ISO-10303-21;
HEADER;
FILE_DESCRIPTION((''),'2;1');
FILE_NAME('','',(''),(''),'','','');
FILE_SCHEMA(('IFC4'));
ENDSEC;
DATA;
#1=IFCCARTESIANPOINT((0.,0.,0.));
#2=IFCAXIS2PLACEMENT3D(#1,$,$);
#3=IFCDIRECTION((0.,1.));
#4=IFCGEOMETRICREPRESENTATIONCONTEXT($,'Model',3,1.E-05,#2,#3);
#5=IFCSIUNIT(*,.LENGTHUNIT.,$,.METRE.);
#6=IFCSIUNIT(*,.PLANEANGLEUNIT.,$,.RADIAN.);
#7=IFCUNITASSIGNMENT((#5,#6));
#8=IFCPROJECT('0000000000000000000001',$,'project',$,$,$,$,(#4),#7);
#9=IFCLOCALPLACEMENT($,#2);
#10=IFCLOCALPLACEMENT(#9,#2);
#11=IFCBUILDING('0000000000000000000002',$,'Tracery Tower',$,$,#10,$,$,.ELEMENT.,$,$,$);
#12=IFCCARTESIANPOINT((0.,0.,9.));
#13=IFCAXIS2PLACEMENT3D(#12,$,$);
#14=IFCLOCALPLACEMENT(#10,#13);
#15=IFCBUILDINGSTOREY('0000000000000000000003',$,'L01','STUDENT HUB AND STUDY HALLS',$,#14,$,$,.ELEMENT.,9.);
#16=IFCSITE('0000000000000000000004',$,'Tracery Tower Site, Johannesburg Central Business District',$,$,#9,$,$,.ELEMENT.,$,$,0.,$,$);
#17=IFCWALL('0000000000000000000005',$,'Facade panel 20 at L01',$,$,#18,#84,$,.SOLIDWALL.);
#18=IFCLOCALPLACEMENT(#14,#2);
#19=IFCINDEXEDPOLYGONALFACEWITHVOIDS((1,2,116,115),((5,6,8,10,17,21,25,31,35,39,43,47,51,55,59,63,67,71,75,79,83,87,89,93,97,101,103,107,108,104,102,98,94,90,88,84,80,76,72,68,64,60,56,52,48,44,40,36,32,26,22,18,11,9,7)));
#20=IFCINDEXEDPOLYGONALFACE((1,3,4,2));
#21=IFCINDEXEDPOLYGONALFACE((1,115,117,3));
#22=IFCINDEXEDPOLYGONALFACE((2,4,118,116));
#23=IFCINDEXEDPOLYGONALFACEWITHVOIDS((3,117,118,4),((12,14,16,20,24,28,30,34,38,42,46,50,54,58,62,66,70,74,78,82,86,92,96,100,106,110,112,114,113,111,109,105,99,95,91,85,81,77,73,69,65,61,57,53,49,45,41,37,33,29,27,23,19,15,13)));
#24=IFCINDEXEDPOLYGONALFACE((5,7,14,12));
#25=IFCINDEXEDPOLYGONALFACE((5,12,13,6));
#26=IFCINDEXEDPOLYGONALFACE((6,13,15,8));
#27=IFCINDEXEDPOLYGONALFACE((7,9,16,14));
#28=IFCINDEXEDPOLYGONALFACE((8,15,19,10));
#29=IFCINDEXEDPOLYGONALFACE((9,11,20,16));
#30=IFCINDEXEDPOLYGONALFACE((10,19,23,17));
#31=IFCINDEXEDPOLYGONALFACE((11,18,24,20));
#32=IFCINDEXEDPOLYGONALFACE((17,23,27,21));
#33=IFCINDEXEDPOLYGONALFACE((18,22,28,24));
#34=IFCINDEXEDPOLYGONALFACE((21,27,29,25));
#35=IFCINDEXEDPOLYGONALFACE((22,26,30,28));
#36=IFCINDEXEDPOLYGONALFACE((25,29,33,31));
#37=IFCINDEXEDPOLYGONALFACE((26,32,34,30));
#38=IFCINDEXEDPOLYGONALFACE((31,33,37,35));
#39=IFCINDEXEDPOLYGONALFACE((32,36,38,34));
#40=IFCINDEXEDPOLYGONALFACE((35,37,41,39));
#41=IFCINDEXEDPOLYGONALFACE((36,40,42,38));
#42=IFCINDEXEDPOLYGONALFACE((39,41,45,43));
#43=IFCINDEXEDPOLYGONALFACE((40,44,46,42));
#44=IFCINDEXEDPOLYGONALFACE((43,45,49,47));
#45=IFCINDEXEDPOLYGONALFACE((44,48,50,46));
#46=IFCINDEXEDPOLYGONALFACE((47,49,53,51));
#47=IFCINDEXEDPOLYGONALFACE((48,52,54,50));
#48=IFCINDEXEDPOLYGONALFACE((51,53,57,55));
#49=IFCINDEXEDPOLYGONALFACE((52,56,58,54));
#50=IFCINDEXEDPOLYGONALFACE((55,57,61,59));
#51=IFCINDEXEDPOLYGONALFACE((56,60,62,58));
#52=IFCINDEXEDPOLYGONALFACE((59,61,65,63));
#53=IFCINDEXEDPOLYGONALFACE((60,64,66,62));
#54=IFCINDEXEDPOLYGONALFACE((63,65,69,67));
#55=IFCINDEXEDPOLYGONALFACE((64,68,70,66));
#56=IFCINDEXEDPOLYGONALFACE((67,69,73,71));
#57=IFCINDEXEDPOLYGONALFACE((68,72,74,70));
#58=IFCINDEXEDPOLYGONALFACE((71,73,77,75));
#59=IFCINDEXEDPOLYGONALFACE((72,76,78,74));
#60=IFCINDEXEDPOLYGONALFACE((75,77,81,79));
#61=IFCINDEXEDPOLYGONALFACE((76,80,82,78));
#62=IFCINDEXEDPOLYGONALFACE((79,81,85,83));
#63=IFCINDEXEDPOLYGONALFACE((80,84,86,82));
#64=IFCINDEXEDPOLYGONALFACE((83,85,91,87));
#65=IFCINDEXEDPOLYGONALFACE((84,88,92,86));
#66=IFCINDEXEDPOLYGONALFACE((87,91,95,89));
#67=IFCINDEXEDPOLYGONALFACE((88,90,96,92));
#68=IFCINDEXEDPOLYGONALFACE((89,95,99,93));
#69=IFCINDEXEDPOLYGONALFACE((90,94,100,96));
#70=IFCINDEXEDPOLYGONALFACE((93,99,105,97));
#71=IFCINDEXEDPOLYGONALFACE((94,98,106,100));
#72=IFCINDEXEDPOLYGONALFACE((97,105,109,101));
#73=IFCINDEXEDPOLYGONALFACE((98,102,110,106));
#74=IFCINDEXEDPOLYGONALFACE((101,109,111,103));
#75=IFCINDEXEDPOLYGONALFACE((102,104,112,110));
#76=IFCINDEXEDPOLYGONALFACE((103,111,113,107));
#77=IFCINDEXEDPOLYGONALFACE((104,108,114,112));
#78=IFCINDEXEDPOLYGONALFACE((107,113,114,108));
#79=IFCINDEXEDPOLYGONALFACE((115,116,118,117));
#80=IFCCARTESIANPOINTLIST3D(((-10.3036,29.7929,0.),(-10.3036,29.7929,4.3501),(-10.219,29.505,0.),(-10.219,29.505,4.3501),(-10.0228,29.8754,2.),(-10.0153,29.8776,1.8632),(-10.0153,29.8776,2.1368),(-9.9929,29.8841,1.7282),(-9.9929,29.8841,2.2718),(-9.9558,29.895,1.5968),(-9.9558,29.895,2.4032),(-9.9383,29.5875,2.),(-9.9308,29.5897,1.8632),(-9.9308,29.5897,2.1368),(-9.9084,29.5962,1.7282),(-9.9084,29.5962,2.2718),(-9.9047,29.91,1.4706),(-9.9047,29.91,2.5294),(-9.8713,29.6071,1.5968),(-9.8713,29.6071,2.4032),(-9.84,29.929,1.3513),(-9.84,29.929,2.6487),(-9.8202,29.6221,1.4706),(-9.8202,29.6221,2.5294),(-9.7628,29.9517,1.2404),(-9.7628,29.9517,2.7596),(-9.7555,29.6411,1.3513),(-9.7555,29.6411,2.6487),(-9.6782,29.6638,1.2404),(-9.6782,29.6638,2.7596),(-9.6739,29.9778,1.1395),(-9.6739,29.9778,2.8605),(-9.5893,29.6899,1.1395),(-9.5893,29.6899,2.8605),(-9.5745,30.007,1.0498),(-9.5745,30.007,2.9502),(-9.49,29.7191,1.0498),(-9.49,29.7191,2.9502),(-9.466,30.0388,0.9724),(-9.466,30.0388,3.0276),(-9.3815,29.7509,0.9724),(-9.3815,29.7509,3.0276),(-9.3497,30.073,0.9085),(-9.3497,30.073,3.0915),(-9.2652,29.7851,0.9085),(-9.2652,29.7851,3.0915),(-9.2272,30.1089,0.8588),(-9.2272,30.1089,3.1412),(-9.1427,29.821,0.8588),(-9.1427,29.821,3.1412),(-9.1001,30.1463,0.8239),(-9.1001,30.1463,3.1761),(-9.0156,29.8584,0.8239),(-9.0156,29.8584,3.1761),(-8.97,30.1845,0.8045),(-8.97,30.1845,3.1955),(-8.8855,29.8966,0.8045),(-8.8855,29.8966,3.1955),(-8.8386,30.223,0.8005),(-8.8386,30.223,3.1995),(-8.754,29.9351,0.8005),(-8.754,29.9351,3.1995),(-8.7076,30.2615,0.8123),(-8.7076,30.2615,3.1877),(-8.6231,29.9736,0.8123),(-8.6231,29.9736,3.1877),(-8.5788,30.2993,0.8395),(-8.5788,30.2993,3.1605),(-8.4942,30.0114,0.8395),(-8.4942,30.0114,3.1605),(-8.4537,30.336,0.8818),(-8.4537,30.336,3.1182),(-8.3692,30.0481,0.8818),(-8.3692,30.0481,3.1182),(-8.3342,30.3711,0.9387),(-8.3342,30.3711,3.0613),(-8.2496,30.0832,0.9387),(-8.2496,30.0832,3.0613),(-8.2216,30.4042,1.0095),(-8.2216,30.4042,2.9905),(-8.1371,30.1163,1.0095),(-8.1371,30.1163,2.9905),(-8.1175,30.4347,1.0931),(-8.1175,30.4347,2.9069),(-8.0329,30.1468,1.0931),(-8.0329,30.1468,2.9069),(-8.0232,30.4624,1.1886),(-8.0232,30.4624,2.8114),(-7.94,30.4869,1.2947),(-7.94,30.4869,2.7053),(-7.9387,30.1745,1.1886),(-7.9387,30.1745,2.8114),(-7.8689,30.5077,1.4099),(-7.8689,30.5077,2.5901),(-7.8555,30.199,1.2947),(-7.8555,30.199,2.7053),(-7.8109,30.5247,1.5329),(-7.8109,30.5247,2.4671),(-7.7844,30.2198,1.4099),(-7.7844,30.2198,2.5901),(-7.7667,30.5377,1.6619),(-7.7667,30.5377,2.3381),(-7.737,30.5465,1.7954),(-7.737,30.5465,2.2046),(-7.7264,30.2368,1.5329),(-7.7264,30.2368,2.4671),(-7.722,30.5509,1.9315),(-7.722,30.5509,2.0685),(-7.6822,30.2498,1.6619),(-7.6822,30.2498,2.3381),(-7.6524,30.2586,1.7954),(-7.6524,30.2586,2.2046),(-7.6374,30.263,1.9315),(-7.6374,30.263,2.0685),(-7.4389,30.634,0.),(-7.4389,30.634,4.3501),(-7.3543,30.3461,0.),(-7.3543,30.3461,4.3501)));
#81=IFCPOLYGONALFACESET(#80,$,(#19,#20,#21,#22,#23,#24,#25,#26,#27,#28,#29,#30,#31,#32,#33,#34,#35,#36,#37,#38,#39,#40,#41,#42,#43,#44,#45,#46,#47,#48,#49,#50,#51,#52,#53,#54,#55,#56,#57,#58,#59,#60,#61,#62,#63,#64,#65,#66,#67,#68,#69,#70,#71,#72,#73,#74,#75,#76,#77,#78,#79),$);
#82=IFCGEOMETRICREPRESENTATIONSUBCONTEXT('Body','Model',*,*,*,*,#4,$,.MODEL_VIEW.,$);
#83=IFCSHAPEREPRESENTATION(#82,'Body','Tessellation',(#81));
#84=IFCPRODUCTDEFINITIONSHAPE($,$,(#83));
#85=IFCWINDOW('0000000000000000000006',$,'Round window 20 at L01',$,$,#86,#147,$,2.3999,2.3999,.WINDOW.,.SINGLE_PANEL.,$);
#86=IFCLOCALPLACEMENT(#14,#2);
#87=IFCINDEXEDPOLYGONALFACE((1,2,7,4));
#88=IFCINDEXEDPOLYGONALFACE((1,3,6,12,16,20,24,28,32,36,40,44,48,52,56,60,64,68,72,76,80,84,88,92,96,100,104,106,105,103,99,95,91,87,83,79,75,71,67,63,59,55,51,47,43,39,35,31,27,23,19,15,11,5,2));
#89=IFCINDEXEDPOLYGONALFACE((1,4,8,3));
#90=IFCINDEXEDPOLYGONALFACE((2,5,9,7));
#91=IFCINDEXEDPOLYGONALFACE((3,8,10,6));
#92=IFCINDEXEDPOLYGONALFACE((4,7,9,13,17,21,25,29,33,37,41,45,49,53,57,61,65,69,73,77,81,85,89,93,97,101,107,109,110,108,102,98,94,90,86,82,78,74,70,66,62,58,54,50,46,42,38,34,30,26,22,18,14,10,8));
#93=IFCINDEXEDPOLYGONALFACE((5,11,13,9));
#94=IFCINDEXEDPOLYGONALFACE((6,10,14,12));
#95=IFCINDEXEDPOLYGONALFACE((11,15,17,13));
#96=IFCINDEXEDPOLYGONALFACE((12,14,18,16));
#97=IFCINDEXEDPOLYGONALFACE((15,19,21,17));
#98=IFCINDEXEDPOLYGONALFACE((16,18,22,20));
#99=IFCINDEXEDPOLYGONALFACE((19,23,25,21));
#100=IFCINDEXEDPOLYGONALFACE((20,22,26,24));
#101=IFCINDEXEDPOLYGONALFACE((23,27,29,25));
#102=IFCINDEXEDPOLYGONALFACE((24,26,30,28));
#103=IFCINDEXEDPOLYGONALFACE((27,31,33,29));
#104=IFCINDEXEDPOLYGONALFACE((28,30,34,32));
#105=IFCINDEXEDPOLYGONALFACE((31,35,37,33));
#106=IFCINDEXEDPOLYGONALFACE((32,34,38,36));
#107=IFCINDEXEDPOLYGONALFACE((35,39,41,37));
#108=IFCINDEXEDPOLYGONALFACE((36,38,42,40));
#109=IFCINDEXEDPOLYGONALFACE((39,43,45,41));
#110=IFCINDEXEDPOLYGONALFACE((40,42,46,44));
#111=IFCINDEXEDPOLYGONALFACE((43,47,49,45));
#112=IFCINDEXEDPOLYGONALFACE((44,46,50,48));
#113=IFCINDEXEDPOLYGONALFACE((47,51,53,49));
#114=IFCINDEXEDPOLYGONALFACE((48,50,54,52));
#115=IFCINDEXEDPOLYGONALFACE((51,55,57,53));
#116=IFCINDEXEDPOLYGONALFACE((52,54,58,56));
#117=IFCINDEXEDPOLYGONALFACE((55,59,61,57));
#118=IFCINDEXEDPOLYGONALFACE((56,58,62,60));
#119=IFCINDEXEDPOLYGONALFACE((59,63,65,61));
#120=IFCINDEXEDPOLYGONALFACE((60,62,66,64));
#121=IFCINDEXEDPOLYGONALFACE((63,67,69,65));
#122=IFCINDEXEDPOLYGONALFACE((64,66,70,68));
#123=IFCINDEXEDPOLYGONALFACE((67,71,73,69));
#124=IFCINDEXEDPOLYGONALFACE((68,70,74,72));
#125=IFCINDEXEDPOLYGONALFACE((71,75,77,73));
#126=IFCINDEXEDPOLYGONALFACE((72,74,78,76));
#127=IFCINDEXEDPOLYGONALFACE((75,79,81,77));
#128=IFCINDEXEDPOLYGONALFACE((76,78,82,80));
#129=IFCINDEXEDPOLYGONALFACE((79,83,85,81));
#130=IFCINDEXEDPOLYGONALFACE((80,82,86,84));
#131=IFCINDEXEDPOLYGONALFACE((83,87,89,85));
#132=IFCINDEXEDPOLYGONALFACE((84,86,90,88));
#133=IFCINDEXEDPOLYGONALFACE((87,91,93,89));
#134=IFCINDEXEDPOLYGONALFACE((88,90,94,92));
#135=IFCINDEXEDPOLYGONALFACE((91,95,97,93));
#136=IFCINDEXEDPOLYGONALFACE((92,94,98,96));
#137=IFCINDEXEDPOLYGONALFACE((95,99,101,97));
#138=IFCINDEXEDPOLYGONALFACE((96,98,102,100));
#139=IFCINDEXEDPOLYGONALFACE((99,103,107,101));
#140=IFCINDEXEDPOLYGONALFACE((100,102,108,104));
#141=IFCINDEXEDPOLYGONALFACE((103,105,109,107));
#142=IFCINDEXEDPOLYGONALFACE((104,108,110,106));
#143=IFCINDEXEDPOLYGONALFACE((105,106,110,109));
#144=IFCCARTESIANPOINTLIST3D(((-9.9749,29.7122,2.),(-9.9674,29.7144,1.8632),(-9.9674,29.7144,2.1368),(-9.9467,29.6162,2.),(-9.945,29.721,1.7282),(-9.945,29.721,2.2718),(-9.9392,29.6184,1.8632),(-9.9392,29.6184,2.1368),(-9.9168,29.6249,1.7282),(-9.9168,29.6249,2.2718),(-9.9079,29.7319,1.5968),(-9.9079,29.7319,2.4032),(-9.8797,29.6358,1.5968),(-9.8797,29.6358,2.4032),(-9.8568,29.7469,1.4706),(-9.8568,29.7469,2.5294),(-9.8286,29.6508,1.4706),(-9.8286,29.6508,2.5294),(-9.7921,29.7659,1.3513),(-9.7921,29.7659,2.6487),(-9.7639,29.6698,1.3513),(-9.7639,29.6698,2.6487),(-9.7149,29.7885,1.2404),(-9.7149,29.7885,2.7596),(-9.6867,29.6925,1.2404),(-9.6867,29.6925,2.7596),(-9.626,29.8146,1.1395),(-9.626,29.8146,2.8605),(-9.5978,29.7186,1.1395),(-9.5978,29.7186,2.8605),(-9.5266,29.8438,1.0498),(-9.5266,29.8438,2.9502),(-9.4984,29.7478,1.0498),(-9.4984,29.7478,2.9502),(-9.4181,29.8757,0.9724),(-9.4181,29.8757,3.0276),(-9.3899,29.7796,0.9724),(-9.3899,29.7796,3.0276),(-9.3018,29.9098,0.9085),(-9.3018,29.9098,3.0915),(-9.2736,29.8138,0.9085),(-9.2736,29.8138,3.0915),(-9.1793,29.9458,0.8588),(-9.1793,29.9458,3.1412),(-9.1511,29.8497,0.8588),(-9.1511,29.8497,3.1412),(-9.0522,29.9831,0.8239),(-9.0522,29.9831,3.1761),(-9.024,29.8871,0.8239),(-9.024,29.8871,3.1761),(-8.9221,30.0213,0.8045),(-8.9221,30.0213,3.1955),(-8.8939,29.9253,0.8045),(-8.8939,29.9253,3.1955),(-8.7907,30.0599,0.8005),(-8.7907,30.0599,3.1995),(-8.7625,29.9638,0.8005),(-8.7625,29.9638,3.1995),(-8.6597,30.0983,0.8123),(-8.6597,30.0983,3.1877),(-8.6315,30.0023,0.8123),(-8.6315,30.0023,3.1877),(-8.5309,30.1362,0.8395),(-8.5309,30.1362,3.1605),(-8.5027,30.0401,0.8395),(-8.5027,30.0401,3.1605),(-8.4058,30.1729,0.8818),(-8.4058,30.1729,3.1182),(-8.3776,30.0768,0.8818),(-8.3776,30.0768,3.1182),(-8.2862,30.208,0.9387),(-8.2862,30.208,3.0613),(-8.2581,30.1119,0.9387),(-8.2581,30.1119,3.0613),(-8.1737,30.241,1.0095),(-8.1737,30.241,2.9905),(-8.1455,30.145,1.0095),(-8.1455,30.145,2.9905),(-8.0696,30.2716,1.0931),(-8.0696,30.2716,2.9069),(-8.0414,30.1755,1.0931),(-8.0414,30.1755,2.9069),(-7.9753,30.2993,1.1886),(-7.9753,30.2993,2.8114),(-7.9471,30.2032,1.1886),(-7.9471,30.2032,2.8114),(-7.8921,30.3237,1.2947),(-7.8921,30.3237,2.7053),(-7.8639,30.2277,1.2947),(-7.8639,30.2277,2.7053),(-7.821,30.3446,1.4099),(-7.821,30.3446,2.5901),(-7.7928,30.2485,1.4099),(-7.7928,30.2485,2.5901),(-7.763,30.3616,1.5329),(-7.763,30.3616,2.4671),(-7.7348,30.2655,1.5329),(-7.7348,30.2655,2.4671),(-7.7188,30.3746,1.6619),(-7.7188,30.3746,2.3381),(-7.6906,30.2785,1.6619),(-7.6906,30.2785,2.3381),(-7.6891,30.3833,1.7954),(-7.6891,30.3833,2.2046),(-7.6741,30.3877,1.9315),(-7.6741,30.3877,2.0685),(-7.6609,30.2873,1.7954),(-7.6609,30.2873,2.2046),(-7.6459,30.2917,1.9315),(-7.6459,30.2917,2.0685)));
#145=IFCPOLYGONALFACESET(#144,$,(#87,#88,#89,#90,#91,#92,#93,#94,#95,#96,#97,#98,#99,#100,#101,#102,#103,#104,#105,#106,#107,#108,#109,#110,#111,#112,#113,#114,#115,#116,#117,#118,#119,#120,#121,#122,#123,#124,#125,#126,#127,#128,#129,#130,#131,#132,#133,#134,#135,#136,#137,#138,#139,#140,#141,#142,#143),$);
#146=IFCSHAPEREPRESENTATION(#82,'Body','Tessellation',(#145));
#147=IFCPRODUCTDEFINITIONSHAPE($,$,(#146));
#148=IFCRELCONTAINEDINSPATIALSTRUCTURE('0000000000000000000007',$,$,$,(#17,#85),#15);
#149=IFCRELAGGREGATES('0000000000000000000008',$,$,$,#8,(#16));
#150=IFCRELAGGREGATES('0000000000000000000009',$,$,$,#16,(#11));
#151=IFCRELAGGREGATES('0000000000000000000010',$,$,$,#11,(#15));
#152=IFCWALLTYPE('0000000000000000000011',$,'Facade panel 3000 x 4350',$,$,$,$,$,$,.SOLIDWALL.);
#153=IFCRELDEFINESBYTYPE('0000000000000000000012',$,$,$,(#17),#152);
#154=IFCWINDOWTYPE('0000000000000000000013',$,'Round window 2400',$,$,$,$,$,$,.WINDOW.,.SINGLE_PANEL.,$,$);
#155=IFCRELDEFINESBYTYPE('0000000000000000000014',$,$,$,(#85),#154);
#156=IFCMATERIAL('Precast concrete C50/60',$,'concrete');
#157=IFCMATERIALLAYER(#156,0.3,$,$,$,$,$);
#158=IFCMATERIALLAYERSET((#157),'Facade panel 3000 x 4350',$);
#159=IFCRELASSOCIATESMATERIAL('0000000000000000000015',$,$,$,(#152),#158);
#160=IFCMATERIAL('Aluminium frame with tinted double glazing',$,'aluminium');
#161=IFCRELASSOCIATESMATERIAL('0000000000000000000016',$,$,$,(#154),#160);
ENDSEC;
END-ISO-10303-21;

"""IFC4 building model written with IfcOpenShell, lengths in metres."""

from ifc_helpers import new_model, si_unit, direction, frame, frame_2d, origin, origin_2d, place, context, subcontext, project, spatial, rectangle, circle, extrude, material, layer, layer_set, type_object, element, fill, save


model = new_model("IFC4")

# Units and contexts
model_context = context("Model", 3, precision=1e-05, world=origin(), true_north=direction((0.0, 1.0)))
body_context = subcontext(model_context, "Body", "Model", "MODEL_VIEW")
ifc_project = project(units=[si_unit("LENGTHUNIT", "METRE"), si_unit("PLANEANGLEUNIT", "RADIAN")], contexts=[model_context])

# Site, building, storey
site_placement = place(None, origin())
site = spatial("IfcSite", under=ifc_project, at=site_placement, Name="Tracery Tower Site, Johannesburg Central Business District", CompositionType="ELEMENT", RefElevation=0.0)
building_placement = place(site_placement, origin())
building = spatial("IfcBuilding", under=site, at=building_placement, Name="Tracery Tower", CompositionType="ELEMENT")
storey_placement = place(building_placement, frame((0.0, 0.0, 9.0)))
storey = spatial("IfcBuildingStorey", under=building, at=storey_placement, Name="L01", Description="STUDENT HUB AND STUDY HALLS", CompositionType="ELEMENT", Elevation=9.0)

# Wall, opening, window
ifc_material_1 = material(Name="Precast concrete C50/60", Category="concrete")
ifc_layer_1 = layer(ifc_material_1, 0.3)
ifc_layer_set_1 = layer_set([ifc_layer_1], Name="Facade panel 3000 x 4350")
wall_type_1 = type_object("IfcWallType", Name="Facade panel 3000 x 4350", PredefinedType="SOLIDWALL", material=ifc_layer_set_1)
ifc_material_2 = material(Name="Aluminium frame with tinted double glazing", Category="aluminium")
window_type = type_object("IfcWindowType", Name="Round window 2400", PartitioningType="SINGLE_PANEL", PredefinedType="WINDOW", material=ifc_material_2)
wall_1_placement = place(storey_placement, frame((-7.3967, 30.49, 0.0), z_axis=(0.0, 0.0, 1.0), x_axis=(-0.959502, -0.281701, 0.0)))
wall_1 = element("IfcWall", 1, at=wall_1_placement, inside=storey, type_object=wall_type_1, Name="Facade panel 20 at L01", PredefinedType="SOLIDWALL", context=body_context, shape_type="SweptSolid", body=[
    extrude(rectangle(XDim=2.9856, YDim=0.3, at=frame_2d((1.4927, 0.0))), origin(), (0.0, 0.0, 1.0), 4.3501),
])
opening_1_placement = place(wall_1_placement, frame((1.4929, 0.0, 2.0)))
opening_1 = element("IfcOpeningElement", 2, at=opening_1_placement, cuts=wall_1, PredefinedType="OPENING", context=body_context, shape_type="SweptSolid", body=[
    extrude(circle(Radius=1.2, at=origin_2d()), frame((0.0, 0.1599, 0.0), z_axis=(0.0, -1.0, 0.0), x_axis=(1.0, 0.0, 0.0)), (0.0, 0.0, 1.0), 0.3201),
])
window_1_placement = place(opening_1_placement, origin())
window_1 = element("IfcWindow", 3, at=window_1_placement, inside=storey, type_object=window_type, Name="Round window 20 at L01", OverallHeight=2.3999, OverallWidth=2.3999, PartitioningType="SINGLE_PANEL", PredefinedType="WINDOW", context=body_context, shape_type="SweptSolid", body=[
    extrude(circle(Radius=1.2, at=origin_2d()), frame((0.0, 0.1201, 0.0), z_axis=(0.0, -1.0, 0.0), x_axis=(1.0, 0.0, 0.0)), (0.0, 0.0, 1.0), 0.1001),
])
fill(opening_1, window_1)

save(model, "model.ifc")
